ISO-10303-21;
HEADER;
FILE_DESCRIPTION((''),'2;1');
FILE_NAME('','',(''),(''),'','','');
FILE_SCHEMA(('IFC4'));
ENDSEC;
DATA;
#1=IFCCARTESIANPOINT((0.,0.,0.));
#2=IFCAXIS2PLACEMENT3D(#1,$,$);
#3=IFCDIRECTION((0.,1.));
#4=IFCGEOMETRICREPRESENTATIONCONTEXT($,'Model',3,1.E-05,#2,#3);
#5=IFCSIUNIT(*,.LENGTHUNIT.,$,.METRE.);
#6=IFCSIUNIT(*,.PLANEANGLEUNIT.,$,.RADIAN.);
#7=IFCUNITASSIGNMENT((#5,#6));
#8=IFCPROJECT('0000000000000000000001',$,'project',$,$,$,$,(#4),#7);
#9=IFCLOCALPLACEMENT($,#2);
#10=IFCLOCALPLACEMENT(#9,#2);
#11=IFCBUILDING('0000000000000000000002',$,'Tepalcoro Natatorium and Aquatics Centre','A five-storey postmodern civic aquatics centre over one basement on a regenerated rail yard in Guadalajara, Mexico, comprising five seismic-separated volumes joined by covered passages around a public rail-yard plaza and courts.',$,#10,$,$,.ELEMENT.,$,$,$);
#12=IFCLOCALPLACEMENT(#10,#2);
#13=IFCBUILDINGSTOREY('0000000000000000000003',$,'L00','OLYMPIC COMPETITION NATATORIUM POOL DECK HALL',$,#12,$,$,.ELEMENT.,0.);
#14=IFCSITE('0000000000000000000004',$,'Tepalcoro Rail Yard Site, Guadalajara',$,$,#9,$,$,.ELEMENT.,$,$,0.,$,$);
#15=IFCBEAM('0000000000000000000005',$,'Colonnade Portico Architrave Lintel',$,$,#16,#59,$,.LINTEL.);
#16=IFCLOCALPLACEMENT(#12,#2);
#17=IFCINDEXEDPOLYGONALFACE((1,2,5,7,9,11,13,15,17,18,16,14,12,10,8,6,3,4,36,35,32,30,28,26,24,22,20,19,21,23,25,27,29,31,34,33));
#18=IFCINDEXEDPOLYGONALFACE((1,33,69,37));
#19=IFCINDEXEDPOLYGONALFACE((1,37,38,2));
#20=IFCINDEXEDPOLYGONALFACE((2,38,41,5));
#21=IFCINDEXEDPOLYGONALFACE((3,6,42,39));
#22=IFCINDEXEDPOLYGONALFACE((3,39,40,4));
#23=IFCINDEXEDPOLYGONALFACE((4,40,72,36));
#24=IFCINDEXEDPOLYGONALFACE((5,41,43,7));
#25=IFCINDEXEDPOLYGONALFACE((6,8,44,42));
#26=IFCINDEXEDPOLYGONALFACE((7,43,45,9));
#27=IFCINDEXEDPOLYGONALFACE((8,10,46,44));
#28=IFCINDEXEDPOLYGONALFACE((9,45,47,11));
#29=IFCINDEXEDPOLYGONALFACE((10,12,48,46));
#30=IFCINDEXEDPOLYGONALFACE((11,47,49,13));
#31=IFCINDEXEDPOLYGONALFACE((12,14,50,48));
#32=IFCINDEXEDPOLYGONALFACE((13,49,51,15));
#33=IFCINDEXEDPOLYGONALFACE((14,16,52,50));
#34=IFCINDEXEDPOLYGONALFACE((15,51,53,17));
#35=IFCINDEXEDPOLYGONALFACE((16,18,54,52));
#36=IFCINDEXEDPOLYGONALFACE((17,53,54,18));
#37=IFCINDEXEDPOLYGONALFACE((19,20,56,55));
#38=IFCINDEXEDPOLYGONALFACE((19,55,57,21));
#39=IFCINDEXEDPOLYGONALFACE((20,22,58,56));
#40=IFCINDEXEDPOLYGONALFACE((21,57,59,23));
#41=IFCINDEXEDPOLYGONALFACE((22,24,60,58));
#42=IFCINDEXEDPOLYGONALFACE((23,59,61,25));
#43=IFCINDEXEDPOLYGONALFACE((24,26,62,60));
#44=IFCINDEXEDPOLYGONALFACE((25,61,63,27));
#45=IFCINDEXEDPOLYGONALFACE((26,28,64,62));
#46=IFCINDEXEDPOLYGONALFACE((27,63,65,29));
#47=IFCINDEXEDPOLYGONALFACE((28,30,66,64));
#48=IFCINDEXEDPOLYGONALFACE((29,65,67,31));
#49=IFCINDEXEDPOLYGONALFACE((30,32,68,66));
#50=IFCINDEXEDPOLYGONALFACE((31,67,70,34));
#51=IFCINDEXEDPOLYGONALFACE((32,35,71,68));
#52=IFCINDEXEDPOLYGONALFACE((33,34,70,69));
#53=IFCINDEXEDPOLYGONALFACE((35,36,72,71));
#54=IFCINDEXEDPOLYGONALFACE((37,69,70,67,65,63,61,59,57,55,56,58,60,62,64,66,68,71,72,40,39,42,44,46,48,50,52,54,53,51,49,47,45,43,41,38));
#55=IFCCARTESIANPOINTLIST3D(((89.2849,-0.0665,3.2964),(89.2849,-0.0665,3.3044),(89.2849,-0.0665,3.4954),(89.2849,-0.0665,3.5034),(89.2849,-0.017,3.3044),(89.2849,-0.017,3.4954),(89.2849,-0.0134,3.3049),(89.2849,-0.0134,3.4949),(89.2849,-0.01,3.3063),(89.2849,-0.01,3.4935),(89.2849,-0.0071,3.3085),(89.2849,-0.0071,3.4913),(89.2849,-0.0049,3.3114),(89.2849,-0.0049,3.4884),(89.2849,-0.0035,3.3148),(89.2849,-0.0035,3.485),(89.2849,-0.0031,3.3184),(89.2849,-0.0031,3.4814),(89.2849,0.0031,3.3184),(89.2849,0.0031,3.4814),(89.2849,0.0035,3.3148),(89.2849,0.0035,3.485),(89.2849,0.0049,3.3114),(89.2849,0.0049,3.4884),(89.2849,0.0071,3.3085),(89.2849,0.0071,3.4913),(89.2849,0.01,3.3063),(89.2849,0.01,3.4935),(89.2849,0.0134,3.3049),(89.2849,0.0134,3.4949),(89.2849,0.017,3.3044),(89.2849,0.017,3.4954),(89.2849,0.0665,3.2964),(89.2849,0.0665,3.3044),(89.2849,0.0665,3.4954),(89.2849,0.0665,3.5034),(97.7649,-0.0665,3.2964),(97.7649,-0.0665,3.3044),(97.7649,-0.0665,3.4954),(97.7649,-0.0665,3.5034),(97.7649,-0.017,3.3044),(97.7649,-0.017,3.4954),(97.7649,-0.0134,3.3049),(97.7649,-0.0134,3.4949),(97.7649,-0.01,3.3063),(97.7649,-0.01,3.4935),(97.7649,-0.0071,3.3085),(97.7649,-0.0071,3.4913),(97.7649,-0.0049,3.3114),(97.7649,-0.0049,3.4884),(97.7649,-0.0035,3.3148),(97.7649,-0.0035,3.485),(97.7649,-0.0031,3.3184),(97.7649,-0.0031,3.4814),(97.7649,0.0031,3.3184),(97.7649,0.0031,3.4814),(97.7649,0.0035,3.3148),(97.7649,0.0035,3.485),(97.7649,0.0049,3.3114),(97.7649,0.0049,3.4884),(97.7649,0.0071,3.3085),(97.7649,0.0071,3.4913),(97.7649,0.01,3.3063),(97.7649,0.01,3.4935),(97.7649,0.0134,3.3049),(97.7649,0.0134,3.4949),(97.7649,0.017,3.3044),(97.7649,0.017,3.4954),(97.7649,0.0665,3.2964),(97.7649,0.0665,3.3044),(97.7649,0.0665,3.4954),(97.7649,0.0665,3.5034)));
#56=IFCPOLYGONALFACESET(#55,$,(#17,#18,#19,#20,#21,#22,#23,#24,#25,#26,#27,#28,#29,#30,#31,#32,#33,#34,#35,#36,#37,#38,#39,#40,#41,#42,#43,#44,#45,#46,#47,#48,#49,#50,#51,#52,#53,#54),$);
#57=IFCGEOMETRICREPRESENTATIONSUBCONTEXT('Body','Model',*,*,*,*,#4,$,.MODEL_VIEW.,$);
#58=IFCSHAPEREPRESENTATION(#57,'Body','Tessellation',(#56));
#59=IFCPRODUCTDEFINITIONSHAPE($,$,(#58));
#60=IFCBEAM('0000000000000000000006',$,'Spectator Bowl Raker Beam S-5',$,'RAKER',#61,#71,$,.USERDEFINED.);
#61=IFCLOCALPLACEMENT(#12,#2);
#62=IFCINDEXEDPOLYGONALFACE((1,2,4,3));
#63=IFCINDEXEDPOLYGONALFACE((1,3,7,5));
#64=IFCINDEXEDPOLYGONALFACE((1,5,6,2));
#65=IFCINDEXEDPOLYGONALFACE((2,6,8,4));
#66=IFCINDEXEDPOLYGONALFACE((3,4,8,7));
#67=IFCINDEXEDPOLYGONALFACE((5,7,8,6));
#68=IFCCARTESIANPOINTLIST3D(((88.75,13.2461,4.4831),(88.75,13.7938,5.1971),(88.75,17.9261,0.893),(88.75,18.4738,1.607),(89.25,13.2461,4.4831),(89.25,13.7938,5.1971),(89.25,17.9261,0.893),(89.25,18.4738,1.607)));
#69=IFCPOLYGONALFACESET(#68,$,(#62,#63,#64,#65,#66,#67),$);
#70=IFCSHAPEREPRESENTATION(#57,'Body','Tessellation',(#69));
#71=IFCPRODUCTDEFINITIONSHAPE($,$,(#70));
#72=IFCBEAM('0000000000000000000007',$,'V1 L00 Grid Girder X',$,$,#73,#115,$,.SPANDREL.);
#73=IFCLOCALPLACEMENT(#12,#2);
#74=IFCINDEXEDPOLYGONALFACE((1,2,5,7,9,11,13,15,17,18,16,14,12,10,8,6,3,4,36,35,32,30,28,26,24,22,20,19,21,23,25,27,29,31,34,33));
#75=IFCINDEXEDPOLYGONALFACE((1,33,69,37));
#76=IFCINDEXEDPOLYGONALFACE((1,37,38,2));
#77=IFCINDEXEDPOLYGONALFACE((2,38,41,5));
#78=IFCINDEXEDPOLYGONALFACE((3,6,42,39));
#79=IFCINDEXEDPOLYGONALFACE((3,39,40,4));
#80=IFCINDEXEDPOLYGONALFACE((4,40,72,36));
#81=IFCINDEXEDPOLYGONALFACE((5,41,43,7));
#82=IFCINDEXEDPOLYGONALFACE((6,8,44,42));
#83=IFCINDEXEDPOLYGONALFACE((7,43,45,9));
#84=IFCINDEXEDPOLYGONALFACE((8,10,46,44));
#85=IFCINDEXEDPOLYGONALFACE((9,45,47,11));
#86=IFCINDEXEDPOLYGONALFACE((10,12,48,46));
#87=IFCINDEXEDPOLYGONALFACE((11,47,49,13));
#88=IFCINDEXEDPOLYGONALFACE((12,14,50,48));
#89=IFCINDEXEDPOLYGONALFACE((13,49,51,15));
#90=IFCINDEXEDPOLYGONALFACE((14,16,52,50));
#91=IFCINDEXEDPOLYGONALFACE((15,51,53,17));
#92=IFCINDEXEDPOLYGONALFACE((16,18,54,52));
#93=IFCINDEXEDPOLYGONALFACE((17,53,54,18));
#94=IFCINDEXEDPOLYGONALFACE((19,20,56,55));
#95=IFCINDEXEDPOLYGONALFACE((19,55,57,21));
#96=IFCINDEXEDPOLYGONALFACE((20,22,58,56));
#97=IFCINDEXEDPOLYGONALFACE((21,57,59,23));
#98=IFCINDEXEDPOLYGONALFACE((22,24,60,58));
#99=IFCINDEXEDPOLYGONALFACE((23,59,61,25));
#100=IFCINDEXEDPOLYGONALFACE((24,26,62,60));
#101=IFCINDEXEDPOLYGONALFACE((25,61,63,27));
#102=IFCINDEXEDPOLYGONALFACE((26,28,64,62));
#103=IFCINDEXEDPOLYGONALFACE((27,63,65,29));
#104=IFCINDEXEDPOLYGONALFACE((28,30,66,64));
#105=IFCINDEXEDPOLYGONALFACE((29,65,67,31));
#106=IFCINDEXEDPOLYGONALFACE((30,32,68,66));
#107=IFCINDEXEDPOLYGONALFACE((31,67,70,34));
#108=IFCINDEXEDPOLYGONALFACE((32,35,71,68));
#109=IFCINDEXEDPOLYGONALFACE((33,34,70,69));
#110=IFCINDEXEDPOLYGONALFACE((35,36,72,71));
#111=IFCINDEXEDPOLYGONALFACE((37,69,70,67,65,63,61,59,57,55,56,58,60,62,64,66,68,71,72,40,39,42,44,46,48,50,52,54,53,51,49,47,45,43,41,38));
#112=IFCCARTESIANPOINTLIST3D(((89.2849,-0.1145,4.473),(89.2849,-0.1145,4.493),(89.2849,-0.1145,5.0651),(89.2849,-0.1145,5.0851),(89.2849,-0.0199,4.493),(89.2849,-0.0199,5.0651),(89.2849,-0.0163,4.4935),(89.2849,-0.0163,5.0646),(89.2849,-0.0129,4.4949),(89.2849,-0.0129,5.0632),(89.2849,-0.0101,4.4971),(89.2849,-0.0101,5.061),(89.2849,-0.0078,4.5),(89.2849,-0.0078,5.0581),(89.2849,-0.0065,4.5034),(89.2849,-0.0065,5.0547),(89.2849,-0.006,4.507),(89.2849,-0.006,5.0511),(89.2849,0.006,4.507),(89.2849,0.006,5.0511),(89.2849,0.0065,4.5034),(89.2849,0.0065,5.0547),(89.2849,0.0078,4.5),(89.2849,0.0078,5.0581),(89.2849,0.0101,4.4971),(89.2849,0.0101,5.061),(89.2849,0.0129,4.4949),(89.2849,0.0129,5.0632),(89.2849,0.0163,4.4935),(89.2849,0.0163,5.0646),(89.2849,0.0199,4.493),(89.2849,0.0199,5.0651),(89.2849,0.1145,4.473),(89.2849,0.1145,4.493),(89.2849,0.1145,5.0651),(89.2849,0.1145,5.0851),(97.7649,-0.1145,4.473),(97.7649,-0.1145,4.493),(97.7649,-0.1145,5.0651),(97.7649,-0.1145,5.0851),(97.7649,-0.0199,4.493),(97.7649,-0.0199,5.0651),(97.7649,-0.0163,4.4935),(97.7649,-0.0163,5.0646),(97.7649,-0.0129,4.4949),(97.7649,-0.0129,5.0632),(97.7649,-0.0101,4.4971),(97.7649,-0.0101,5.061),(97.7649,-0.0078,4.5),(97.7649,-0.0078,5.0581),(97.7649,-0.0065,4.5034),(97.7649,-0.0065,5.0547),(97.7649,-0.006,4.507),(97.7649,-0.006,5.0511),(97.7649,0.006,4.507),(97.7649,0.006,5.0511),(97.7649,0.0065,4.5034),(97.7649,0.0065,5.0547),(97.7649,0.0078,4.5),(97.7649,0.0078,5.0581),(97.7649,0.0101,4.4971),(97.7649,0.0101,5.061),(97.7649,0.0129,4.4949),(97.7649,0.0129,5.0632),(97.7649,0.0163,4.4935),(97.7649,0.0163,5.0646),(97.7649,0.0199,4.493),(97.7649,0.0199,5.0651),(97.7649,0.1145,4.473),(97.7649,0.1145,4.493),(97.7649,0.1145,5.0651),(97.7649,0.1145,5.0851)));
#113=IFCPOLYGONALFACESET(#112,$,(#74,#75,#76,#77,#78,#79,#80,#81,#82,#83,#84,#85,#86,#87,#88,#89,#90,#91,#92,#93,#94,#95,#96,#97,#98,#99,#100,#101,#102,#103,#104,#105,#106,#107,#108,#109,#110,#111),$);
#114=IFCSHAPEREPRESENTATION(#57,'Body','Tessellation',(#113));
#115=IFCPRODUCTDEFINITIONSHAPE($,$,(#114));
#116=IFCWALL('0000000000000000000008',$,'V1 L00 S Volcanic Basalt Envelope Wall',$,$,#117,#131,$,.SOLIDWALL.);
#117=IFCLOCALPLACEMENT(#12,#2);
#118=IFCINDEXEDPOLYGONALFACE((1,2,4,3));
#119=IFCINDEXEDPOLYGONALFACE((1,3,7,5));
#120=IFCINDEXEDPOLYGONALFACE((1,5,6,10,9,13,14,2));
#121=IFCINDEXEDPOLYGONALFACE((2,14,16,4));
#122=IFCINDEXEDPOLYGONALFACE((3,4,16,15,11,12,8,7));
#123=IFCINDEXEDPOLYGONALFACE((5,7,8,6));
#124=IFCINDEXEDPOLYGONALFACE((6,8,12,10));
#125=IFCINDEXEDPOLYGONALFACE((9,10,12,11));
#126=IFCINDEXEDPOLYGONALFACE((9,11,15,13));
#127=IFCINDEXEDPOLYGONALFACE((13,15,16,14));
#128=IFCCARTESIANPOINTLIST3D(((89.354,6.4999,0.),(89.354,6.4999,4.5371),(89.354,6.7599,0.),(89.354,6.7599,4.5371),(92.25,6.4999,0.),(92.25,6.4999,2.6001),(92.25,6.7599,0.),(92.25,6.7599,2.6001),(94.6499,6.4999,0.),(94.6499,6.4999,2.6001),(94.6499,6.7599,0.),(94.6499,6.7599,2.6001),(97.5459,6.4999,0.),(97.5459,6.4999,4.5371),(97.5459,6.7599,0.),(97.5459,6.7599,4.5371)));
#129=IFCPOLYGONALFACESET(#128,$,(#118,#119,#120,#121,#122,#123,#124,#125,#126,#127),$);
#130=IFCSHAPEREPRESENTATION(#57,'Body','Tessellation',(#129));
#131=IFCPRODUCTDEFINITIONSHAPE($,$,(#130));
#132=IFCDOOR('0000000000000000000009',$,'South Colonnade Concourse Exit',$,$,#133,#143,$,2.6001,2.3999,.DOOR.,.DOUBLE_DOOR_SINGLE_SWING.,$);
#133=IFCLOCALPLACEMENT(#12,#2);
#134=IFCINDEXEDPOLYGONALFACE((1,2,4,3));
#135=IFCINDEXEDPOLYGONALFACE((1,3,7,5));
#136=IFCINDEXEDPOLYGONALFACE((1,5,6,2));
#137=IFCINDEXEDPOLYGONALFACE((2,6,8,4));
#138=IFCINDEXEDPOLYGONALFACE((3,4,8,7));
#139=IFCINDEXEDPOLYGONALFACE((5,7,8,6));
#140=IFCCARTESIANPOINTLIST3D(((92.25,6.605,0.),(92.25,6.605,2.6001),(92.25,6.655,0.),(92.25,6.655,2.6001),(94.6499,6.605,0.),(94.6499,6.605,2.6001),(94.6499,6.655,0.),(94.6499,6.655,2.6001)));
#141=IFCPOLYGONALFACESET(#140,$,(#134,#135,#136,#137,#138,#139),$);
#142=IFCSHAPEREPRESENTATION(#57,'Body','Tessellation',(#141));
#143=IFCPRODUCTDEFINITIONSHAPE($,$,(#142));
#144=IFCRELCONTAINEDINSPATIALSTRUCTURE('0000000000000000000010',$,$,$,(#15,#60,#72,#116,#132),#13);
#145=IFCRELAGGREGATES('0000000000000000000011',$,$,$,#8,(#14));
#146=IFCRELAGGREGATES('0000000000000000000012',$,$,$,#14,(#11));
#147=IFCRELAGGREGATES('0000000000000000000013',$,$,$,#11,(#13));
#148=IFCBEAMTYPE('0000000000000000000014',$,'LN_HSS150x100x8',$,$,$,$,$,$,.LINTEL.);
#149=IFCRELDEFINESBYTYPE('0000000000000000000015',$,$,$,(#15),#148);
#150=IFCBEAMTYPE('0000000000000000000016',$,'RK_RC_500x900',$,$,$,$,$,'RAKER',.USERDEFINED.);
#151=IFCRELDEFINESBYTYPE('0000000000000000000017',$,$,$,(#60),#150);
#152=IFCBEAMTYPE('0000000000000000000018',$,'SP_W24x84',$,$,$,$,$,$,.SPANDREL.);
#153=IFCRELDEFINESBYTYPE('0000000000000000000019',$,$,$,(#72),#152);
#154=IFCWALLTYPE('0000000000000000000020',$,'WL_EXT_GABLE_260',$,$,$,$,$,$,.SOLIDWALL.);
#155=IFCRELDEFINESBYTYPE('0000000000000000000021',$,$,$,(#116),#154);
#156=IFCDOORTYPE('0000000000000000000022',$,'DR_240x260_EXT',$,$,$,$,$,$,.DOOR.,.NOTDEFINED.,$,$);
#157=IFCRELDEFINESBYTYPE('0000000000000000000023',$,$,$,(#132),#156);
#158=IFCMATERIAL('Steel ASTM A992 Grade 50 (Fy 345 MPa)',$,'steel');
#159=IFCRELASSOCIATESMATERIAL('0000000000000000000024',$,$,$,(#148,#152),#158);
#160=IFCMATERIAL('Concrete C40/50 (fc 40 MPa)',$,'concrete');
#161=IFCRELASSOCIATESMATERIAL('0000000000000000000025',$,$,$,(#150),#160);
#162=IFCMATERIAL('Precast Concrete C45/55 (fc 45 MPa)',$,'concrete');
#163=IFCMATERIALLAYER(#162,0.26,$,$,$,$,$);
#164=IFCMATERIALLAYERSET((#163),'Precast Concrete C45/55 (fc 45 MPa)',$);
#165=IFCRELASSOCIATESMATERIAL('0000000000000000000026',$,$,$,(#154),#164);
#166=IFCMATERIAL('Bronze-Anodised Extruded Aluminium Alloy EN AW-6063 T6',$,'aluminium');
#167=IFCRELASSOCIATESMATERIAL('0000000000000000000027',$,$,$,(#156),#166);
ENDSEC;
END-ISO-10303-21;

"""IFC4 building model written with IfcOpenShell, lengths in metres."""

from ifc_helpers import new_model, si_unit, direction, frame, frame_2d, origin, origin_2d, place, context, subcontext, project, spatial, rectangle, i_section, extrude, material, layer, layer_set, material_profile, profile_set, type_object, element, fill, save


model = new_model("IFC4")

# Units and contexts
model_context = context("Model", 3, precision=1e-05, world=origin(), true_north=direction((0.0, 1.0)))
body_context = subcontext(model_context, "Body", "Model", "MODEL_VIEW")
ifc_project = project(units=[si_unit("LENGTHUNIT", "METRE"), si_unit("PLANEANGLEUNIT", "RADIAN")], contexts=[model_context])

# Site, building, storey
site_placement = place(None, origin())
site = spatial("IfcSite", under=ifc_project, at=site_placement, Name="Tepalcoro Rail Yard Site, Guadalajara", CompositionType="ELEMENT", RefElevation=0.0)
building_placement = place(site_placement, origin())
building = spatial("IfcBuilding", under=site, at=building_placement, Name="Tepalcoro Natatorium and Aquatics Centre", Description="A five-storey postmodern civic aquatics centre over one basement on a regenerated rail yard in Guadalajara, Mexico, comprising five seismic-separated volumes joined by covered passages around a public rail-yard plaza and courts.", CompositionType="ELEMENT")
storey_placement = place(building_placement, origin())
storey = spatial("IfcBuildingStorey", under=building, at=storey_placement, Name="L00", Description="OLYMPIC COMPETITION NATATORIUM POOL DECK HALL", CompositionType="ELEMENT", Elevation=0.0)

# Shared definitions
ifc_material_1 = material(Name="Concrete C40/50 (fc 40 MPa)", Category="concrete")

# Beams
ifc_material_2 = material(Name="Steel ASTM A992 Grade 50 (Fy 345 MPa)", Category="steel")
ifc_material_profile_1 = material_profile(ifc_material_2, i_section(OverallWidth=0.1331, OverallDepth=0.207, WebThickness=0.0061, FlangeThickness=0.0081, FilletRadius=0.0139, at=origin_2d()), Name="W8X18")
ifc_profile_set_1 = profile_set([ifc_material_profile_1], Name="Steel ASTM A992 Grade 50 (Fy 345 MPa)")
beam_type_1 = type_object("IfcBeamType", Name="LN_HSS150x100x8", PredefinedType="LINTEL", material=ifc_profile_set_1)
beam_1_placement = place(storey_placement, frame((89.2849, 0.0, 3.3999), z_axis=(1.0, 0.0, 0.0), x_axis=(0.0, 1.0, 0.0)))
element("IfcBeam", 1, at=beam_1_placement, inside=storey, type_object=beam_type_1, Name="Colonnade Portico Architrave Lintel", PredefinedType="LINTEL", context=body_context, shape_type="SweptSolid", body=[
    extrude(i_section(OverallWidth=0.1331, OverallDepth=0.207, WebThickness=0.0061, FlangeThickness=0.0081, FilletRadius=0.0139, at=origin_2d()), origin(), (0.0, 0.0, 1.0), 8.48),
])
ifc_material_profile_2 = material_profile(ifc_material_1, rectangle(XDim=0.5, YDim=0.8999, at=origin_2d()), Name="RKR500x900")
ifc_profile_set_2 = profile_set([ifc_material_profile_2], Name="Concrete C40/50 (fc 40 MPa)")
beam_type_2 = type_object("IfcBeamType", Name="RK_RC_500x900", ElementType="RAKER", PredefinedType="USERDEFINED", material=ifc_profile_set_2)
beam_2_placement = place(storey_placement, frame((89.0, 18.2, 1.25), z_axis=(0.0, -0.793431, 0.60866), x_axis=(1.0, 0.0, 0.0)))
element("IfcBeam", 2, at=beam_2_placement, inside=storey, type_object=beam_type_2, Name="Spectator Bowl Raker Beam S-5", ObjectType="RAKER", PredefinedType="USERDEFINED", context=body_context, shape_type="SweptSolid", body=[
    extrude(rectangle(XDim=0.5, YDim=0.8999, at=origin_2d()), origin(), (0.0, 0.0, 1.0), 5.8984),
])
ifc_material_profile_3 = material_profile(ifc_material_2, i_section(OverallWidth=0.229, OverallDepth=0.6121, WebThickness=0.012, FlangeThickness=0.02, FilletRadius=0.0139, at=origin_2d()), Name="W24X84")
ifc_profile_set_3 = profile_set([ifc_material_profile_3], Name="Steel ASTM A992 Grade 50 (Fy 345 MPa)")
beam_type_3 = type_object("IfcBeamType", Name="SP_W24x84", PredefinedType="SPANDREL", material=ifc_profile_set_3)
beam_3_placement = place(storey_placement, frame((89.2849, 0.0, 4.7791), z_axis=(1.0, 0.0, 0.0), x_axis=(0.0, 1.0, 0.0)))
element("IfcBeam", 3, at=beam_3_placement, inside=storey, type_object=beam_type_3, Name="V1 L00 Grid Girder X", PredefinedType="SPANDREL", context=body_context, shape_type="SweptSolid", body=[
    extrude(i_section(OverallWidth=0.229, OverallDepth=0.6121, WebThickness=0.012, FlangeThickness=0.02, FilletRadius=0.0139, at=origin_2d()), origin(), (0.0, 0.0, 1.0), 8.48),
])

# Wall, opening, door
ifc_material_3 = material(Name="Precast Concrete C45/55 (fc 45 MPa)", Category="concrete")
ifc_layer = layer(ifc_material_3, 0.26)
ifc_layer_set = layer_set([ifc_layer], Name="Precast Concrete C45/55 (fc 45 MPa)")
wall_type = type_object("IfcWallType", Name="WL_EXT_GABLE_260", PredefinedType="SOLIDWALL", material=ifc_layer_set)
wall_placement = place(storey_placement, frame((89.354, 6.6299, 0.0), z_axis=(0.0, 0.0, 1.0), x_axis=(1.0, 0.0, 0.0)))
wall = element("IfcWall", 4, at=wall_placement, inside=storey, type_object=wall_type, Name="V1 L00 S Volcanic Basalt Envelope Wall", PredefinedType="SOLIDWALL", context=body_context, shape_type="SweptSolid", body=[
    extrude(rectangle(XDim=8.1919, YDim=0.26, at=frame_2d((4.0959, 0.0))), origin(), (0.0, 0.0, 1.0), 4.5371),
])
opening_placement = place(wall_placement, frame((2.896, 0.0, 0.0)))
opening = element("IfcOpeningElement", 5, at=opening_placement, cuts=wall, PredefinedType="OPENING", context=body_context, shape_type="SweptSolid", body=[
    extrude(rectangle(XDim=2.3999, YDim=2.6001, at=frame_2d((1.2, 1.3))), frame((0.0, 0.1421, 0.0), z_axis=(0.0, -1.0, 0.0), x_axis=(1.0, 0.0, 0.0)), (0.0, 0.0, 1.0), 0.2839),
])
ifc_material_4 = material(Name="Bronze-Anodised Extruded Aluminium Alloy EN AW-6063 T6", Category="aluminium")
door_type = type_object("IfcDoorType", Name="DR_240x260_EXT", OperationType="NOTDEFINED", PredefinedType="DOOR", material=ifc_material_4)
door_placement = place(opening_placement, frame((2.3999, 0.0, 0.0), z_axis=(0.0, 0.0, 1.0), x_axis=(-1.0, 0.0, 0.0)))
door = element("IfcDoor", 6, at=door_placement, inside=storey, type_object=door_type, Name="South Colonnade Concourse Exit", OperationType="DOUBLE_DOOR_SINGLE_SWING", OverallHeight=2.6001, OverallWidth=2.3999, PredefinedType="DOOR", context=body_context, shape_type="SweptSolid", body=[
    extrude(rectangle(XDim=2.3999, YDim=2.6001, at=frame_2d((1.2, 1.3))), frame((0.0, 0.0249, 0.0), z_axis=(0.0, -1.0, 0.0), x_axis=(1.0, 0.0, 0.0)), (0.0, 0.0, 1.0), 0.05),
])
fill(opening, door)

save(model, "model.ifc")
